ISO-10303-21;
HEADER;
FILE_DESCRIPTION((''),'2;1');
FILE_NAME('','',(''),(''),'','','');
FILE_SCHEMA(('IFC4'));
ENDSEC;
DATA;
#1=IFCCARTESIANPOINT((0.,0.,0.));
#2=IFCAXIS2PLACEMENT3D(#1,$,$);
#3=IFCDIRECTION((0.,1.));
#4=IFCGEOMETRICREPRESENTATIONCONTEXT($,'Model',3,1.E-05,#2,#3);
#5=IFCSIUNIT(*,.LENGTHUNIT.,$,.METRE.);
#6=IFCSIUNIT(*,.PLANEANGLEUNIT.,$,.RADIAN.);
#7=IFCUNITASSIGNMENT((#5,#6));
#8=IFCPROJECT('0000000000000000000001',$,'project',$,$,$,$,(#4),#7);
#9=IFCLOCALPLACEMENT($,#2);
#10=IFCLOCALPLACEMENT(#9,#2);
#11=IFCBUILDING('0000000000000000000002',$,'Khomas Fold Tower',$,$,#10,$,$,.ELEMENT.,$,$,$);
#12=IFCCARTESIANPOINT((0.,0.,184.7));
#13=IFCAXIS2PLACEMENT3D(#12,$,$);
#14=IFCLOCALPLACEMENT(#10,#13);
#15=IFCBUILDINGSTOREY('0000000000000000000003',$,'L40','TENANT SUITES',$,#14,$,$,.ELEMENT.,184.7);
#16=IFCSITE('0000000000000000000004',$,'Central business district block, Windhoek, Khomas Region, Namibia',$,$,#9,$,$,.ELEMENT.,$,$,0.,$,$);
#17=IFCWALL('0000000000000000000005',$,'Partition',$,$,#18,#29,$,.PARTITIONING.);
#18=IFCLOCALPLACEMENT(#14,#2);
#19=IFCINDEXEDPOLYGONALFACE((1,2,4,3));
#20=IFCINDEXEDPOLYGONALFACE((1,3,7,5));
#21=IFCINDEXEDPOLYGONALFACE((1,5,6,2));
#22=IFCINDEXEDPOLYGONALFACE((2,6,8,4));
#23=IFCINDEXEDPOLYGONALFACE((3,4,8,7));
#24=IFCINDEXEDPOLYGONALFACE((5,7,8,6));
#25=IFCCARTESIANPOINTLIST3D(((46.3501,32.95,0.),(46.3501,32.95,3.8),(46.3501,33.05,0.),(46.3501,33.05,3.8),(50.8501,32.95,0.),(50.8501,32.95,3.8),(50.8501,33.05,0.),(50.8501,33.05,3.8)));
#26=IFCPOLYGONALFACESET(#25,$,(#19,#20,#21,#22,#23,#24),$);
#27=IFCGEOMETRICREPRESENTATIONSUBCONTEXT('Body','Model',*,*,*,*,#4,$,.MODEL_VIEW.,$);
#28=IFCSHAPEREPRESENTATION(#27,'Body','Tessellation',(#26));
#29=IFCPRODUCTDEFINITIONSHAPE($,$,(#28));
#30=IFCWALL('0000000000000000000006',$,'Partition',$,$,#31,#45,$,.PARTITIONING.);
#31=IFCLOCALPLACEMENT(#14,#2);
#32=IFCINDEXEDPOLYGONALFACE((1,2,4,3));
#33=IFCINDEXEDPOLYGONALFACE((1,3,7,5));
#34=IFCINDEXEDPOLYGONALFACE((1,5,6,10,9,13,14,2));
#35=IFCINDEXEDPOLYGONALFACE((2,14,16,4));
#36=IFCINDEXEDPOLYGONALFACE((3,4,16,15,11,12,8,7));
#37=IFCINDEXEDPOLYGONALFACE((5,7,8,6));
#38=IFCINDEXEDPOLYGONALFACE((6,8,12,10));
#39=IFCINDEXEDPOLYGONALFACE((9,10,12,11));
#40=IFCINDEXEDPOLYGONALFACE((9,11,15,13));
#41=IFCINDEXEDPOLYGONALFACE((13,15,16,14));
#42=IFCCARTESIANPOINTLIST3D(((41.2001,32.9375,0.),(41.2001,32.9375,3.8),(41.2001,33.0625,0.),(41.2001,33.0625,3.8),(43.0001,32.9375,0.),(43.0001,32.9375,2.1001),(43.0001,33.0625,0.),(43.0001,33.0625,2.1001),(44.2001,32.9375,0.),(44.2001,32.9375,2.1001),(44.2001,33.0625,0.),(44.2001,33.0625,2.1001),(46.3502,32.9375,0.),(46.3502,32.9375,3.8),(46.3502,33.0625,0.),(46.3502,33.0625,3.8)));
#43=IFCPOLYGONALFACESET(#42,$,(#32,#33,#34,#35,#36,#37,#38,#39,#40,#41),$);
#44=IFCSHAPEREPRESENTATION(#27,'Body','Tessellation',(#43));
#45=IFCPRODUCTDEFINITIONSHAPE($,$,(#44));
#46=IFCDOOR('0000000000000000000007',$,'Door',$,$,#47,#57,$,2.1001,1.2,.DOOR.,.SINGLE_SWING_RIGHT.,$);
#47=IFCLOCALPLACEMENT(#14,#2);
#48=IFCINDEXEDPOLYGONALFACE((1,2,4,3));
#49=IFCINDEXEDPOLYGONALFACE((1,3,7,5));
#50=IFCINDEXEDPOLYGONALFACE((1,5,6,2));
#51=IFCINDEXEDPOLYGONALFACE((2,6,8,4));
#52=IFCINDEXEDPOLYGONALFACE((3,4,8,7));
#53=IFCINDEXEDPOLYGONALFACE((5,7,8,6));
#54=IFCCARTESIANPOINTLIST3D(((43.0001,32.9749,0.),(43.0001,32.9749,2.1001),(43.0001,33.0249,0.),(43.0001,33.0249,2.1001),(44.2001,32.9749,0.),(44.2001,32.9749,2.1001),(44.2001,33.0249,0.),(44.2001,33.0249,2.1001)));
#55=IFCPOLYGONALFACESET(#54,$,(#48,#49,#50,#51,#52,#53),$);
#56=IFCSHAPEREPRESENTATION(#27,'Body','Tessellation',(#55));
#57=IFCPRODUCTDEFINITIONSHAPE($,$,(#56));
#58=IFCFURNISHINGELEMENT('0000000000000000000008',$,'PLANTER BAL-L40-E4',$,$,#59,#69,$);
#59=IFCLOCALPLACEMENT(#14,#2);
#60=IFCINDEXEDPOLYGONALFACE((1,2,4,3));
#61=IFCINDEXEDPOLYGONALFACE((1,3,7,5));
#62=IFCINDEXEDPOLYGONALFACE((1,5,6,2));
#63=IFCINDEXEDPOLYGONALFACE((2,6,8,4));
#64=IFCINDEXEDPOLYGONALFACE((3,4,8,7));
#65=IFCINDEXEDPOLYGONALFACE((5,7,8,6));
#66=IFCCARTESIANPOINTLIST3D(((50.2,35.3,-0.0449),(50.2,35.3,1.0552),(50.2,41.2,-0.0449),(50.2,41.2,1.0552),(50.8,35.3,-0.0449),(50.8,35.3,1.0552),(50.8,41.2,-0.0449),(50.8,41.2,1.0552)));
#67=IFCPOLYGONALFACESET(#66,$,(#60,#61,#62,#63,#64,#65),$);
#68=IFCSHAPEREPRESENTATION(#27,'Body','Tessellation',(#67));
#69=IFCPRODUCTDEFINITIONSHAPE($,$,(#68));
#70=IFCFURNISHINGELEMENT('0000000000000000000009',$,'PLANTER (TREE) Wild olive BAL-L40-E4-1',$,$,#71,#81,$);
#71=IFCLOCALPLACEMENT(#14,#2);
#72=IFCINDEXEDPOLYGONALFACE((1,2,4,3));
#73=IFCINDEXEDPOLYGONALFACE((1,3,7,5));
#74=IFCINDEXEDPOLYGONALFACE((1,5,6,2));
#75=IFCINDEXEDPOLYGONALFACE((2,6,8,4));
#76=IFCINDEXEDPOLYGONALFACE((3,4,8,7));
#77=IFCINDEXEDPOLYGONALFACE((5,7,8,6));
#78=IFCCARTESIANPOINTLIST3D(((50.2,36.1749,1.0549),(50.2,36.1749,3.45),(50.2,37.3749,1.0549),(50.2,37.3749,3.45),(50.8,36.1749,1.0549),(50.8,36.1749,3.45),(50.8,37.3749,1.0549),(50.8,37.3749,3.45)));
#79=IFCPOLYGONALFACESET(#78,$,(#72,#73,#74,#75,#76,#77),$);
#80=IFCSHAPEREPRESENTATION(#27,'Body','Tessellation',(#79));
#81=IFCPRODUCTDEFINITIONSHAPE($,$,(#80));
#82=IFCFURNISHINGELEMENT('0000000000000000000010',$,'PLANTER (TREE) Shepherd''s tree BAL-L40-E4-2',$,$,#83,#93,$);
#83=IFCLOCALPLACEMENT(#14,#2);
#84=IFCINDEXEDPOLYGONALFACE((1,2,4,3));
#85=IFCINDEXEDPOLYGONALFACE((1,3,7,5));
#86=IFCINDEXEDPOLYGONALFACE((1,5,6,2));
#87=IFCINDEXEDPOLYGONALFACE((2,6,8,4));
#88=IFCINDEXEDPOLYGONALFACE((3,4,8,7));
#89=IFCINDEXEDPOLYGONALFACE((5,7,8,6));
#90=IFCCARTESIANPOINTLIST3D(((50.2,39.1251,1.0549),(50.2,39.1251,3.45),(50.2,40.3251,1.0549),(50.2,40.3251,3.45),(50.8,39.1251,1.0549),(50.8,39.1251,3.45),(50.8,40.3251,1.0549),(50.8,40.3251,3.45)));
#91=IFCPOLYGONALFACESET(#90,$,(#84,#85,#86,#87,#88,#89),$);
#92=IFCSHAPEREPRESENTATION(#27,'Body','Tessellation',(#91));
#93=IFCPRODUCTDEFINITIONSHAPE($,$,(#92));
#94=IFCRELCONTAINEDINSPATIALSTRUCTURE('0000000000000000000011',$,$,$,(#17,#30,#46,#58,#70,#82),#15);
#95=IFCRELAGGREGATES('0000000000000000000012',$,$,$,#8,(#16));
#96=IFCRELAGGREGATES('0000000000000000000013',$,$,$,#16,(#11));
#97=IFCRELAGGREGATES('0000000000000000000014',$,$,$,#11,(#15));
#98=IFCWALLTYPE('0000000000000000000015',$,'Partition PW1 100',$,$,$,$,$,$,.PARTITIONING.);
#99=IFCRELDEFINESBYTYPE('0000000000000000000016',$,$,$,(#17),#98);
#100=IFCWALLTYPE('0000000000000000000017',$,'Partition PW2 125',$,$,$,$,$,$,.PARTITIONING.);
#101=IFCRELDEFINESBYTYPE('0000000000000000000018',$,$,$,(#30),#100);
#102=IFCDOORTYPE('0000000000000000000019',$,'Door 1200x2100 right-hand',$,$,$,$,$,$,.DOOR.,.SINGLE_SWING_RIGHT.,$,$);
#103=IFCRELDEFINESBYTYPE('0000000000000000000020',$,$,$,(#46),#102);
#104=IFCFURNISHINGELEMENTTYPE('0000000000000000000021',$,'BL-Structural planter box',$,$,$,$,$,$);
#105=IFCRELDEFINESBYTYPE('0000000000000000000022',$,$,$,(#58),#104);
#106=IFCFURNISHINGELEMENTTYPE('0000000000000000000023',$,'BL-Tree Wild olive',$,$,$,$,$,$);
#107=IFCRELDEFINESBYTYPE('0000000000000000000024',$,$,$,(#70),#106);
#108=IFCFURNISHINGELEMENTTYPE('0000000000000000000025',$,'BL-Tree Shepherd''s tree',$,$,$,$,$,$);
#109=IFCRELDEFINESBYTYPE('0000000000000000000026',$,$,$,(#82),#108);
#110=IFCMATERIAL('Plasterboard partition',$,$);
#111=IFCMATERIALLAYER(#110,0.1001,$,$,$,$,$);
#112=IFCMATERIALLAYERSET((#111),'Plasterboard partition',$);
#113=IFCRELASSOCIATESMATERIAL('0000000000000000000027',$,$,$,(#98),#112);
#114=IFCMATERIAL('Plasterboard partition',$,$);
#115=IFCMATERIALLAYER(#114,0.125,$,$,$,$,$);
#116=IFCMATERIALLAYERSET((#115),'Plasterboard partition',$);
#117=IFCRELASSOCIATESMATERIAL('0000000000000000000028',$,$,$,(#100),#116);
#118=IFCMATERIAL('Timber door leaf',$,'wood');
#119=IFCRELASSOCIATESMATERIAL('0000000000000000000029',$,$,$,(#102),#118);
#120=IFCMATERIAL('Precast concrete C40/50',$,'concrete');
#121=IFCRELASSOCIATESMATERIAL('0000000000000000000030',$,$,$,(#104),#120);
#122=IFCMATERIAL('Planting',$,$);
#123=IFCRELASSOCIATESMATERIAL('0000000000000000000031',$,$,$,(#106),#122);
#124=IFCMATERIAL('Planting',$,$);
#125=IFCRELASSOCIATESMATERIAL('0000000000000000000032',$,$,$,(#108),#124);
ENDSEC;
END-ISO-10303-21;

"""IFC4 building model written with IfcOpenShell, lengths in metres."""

from ifc_helpers import new_model, si_unit, direction, frame, frame_2d, origin, origin_2d, place, context, subcontext, project, spatial, rectangle, extrude, source, transform, mapped, material, layer, layer_set, type_object, element, fill, save


model = new_model("IFC4")

# Units and contexts
model_context = context("Model", 3, precision=1e-05, world=origin(), true_north=direction((0.0, 1.0)))
body_context = subcontext(model_context, "Body", "Model", "MODEL_VIEW")
ifc_project = project(units=[si_unit("LENGTHUNIT", "METRE"), si_unit("PLANEANGLEUNIT", "RADIAN")], contexts=[model_context])

# Site, building, storey
site_placement = place(None, origin())
site = spatial("IfcSite", under=ifc_project, at=site_placement, Name="Central business district block, Windhoek, Khomas Region, Namibia", CompositionType="ELEMENT", RefElevation=0.0)
building_placement = place(site_placement, origin())
building = spatial("IfcBuilding", under=site, at=building_placement, Name="Khomas Fold Tower", CompositionType="ELEMENT")
storey_placement = place(building_placement, frame((0.0, 0.0, 184.7)))
storey = spatial("IfcBuildingStorey", under=building, at=storey_placement, Name="L40", Description="TENANT SUITES", CompositionType="ELEMENT", Elevation=184.7)

# Wall
ifc_material_1 = material(Name="Plasterboard partition")
ifc_layer_1 = layer(ifc_material_1, 0.1001)
ifc_layer_set_1 = layer_set([ifc_layer_1], Name="Plasterboard partition")
wall_type_1 = type_object("IfcWallType", Name="Partition PW1 100", PredefinedType="PARTITIONING", material=ifc_layer_set_1)
shared_shape_1 = source(origin(), body_context, "Body", "SweptSolid", [
    extrude(rectangle(XDim=4.5, YDim=0.1001, at=frame_2d((2.25, 0.0))), origin(), (0.0, 0.0, 1.0), 3.8),
])
wall_1_placement = place(storey_placement, frame((46.3501, 33.0, 0.0), z_axis=(0.0, 0.0, 1.0), x_axis=(1.0, 0.0, 0.0)))
element("IfcWall", 1, at=wall_1_placement, inside=storey, type_object=wall_type_1, Name="Partition", PredefinedType="PARTITIONING", context=body_context, shape_type="MappedRepresentation", body=[
    mapped(shared_shape_1, transform((0.0, 0.0, 0.0))),
])

# Wall, opening, door
ifc_material_2 = material(Name="Plasterboard partition")
ifc_layer_2 = layer(ifc_material_2, 0.125)
ifc_layer_set_2 = layer_set([ifc_layer_2], Name="Plasterboard partition")
wall_type_2 = type_object("IfcWallType", Name="Partition PW2 125", PredefinedType="PARTITIONING", material=ifc_layer_set_2)
shared_shape_2 = source(origin(), body_context, "Body", "SweptSolid", [
    extrude(rectangle(XDim=5.1501, YDim=0.125, at=frame_2d((2.5752, 0.0))), origin(), (0.0, 0.0, 1.0), 3.8),
])
wall_2_placement = place(storey_placement, frame((41.2, 33.0, 0.0), z_axis=(0.0, 0.0, 1.0), x_axis=(1.0, 0.0, 0.0)))
wall_2 = element("IfcWall", 2, at=wall_2_placement, inside=storey, type_object=wall_type_2, Name="Partition", PredefinedType="PARTITIONING", context=body_context, shape_type="MappedRepresentation", body=[
    mapped(shared_shape_2, transform((0.0, 0.0, 0.0))),
])
shared_shape_3 = source(origin(), body_context, "Body", "SweptSolid", [
    extrude(rectangle(XDim=1.2, YDim=2.1001, at=frame_2d((0.6001, 1.05))), frame((0.0, 0.0725, 0.0), z_axis=(0.0, -1.0, 0.0), x_axis=(1.0, 0.0, 0.0)), (0.0, 0.0, 1.0), 0.145),
])
opening_1_placement = place(wall_2_placement, frame((1.8, 0.0, 0.0)))
opening_1 = element("IfcOpeningElement", 3, at=opening_1_placement, cuts=wall_2, PredefinedType="OPENING", context=body_context, shape_type="MappedRepresentation", body=[
    mapped(shared_shape_3, transform((0.0, 0.0, 0.0))),
])
ifc_material_3 = material(Name="Timber door leaf", Category="wood")
door_type_1 = type_object("IfcDoorType", Name="Door 1200x2100 right-hand", OperationType="SINGLE_SWING_RIGHT", PredefinedType="DOOR", material=ifc_material_3)
shared_shape_4 = source(origin(), body_context, "Body", "SweptSolid", [
    extrude(rectangle(XDim=1.2, YDim=2.1001, at=frame_2d((0.6001, 1.05))), frame((0.0, 0.0249, 0.0), z_axis=(0.0, -1.0, 0.0), x_axis=(1.0, 0.0, 0.0)), (0.0, 0.0, 1.0), 0.05),
])
door_1_placement = place(opening_1_placement, origin())
door_1 = element("IfcDoor", 4, at=door_1_placement, inside=storey, type_object=door_type_1, Name="Door", OperationType="SINGLE_SWING_RIGHT", OverallHeight=2.1001, OverallWidth=1.2, PredefinedType="DOOR", context=body_context, shape_type="MappedRepresentation", body=[
    mapped(shared_shape_4, transform((0.0, 0.0, 0.0))),
])
fill(opening_1, door_1)

# Furnishing elements
ifc_material_4 = material(Name="Precast concrete C40/50", Category="concrete")
furnishing_element_type_1 = type_object("IfcFurnishingElementType", Name="BL-Structural planter box", material=ifc_material_4)
shared_shape_5 = source(origin(), body_context, "Body", "SweptSolid", [
    extrude(rectangle(XDim=5.8999, YDim=0.6001, at=origin_2d()), origin(), (0.0, 0.0, 1.0), 1.1001),
])
furnishing_1_placement = place(storey_placement, frame((50.5, 38.25, -0.0449), z_axis=(0.0, 0.0, 1.0), x_axis=(0.0, 1.0, 0.0)))
element("IfcFurnishingElement", 5, at=furnishing_1_placement, inside=storey, type_object=furnishing_element_type_1, Name="PLANTER BAL-L40-E4", context=body_context, shape_type="MappedRepresentation", body=[
    mapped(shared_shape_5, transform((0.0, 0.0, 0.0))),
])
ifc_material_5 = material(Name="Planting")
furnishing_element_type_2 = type_object("IfcFurnishingElementType", Name="BL-Tree Wild olive", material=ifc_material_5)
shared_shape_6 = source(origin(), body_context, "Body", "SweptSolid", [
    extrude(rectangle(XDim=1.2, YDim=0.6001, at=origin_2d()), origin(), (0.0, 0.0, 1.0), 2.395),
])
furnishing_2_placement = place(storey_placement, frame((50.5, 36.7749, 1.0549), z_axis=(0.0, 0.0, 1.0), x_axis=(0.0, 1.0, 0.0)))
element("IfcFurnishingElement", 6, at=furnishing_2_placement, inside=storey, type_object=furnishing_element_type_2, Name="PLANTER (TREE) Wild olive BAL-L40-E4-1", context=body_context, shape_type="MappedRepresentation", body=[
    mapped(shared_shape_6, transform((0.0, 0.0, 0.0))),
])
ifc_material_6 = material(Name="Planting")
furnishing_element_type_3 = type_object("IfcFurnishingElementType", Name="BL-Tree Shepherd's tree", material=ifc_material_6)
furnishing_3_placement = place(storey_placement, frame((50.5, 39.7251, 1.0549), z_axis=(0.0, 0.0, 1.0), x_axis=(0.0, 1.0, 0.0)))
element("IfcFurnishingElement", 7, at=furnishing_3_placement, inside=storey, type_object=furnishing_element_type_3, Name="PLANTER (TREE) Shepherd's tree BAL-L40-E4-2", context=body_context, shape_type="MappedRepresentation", body=[
    mapped(shared_shape_6, transform((0.0, 0.0, 0.0))),
])

save(model, "model.ifc")
